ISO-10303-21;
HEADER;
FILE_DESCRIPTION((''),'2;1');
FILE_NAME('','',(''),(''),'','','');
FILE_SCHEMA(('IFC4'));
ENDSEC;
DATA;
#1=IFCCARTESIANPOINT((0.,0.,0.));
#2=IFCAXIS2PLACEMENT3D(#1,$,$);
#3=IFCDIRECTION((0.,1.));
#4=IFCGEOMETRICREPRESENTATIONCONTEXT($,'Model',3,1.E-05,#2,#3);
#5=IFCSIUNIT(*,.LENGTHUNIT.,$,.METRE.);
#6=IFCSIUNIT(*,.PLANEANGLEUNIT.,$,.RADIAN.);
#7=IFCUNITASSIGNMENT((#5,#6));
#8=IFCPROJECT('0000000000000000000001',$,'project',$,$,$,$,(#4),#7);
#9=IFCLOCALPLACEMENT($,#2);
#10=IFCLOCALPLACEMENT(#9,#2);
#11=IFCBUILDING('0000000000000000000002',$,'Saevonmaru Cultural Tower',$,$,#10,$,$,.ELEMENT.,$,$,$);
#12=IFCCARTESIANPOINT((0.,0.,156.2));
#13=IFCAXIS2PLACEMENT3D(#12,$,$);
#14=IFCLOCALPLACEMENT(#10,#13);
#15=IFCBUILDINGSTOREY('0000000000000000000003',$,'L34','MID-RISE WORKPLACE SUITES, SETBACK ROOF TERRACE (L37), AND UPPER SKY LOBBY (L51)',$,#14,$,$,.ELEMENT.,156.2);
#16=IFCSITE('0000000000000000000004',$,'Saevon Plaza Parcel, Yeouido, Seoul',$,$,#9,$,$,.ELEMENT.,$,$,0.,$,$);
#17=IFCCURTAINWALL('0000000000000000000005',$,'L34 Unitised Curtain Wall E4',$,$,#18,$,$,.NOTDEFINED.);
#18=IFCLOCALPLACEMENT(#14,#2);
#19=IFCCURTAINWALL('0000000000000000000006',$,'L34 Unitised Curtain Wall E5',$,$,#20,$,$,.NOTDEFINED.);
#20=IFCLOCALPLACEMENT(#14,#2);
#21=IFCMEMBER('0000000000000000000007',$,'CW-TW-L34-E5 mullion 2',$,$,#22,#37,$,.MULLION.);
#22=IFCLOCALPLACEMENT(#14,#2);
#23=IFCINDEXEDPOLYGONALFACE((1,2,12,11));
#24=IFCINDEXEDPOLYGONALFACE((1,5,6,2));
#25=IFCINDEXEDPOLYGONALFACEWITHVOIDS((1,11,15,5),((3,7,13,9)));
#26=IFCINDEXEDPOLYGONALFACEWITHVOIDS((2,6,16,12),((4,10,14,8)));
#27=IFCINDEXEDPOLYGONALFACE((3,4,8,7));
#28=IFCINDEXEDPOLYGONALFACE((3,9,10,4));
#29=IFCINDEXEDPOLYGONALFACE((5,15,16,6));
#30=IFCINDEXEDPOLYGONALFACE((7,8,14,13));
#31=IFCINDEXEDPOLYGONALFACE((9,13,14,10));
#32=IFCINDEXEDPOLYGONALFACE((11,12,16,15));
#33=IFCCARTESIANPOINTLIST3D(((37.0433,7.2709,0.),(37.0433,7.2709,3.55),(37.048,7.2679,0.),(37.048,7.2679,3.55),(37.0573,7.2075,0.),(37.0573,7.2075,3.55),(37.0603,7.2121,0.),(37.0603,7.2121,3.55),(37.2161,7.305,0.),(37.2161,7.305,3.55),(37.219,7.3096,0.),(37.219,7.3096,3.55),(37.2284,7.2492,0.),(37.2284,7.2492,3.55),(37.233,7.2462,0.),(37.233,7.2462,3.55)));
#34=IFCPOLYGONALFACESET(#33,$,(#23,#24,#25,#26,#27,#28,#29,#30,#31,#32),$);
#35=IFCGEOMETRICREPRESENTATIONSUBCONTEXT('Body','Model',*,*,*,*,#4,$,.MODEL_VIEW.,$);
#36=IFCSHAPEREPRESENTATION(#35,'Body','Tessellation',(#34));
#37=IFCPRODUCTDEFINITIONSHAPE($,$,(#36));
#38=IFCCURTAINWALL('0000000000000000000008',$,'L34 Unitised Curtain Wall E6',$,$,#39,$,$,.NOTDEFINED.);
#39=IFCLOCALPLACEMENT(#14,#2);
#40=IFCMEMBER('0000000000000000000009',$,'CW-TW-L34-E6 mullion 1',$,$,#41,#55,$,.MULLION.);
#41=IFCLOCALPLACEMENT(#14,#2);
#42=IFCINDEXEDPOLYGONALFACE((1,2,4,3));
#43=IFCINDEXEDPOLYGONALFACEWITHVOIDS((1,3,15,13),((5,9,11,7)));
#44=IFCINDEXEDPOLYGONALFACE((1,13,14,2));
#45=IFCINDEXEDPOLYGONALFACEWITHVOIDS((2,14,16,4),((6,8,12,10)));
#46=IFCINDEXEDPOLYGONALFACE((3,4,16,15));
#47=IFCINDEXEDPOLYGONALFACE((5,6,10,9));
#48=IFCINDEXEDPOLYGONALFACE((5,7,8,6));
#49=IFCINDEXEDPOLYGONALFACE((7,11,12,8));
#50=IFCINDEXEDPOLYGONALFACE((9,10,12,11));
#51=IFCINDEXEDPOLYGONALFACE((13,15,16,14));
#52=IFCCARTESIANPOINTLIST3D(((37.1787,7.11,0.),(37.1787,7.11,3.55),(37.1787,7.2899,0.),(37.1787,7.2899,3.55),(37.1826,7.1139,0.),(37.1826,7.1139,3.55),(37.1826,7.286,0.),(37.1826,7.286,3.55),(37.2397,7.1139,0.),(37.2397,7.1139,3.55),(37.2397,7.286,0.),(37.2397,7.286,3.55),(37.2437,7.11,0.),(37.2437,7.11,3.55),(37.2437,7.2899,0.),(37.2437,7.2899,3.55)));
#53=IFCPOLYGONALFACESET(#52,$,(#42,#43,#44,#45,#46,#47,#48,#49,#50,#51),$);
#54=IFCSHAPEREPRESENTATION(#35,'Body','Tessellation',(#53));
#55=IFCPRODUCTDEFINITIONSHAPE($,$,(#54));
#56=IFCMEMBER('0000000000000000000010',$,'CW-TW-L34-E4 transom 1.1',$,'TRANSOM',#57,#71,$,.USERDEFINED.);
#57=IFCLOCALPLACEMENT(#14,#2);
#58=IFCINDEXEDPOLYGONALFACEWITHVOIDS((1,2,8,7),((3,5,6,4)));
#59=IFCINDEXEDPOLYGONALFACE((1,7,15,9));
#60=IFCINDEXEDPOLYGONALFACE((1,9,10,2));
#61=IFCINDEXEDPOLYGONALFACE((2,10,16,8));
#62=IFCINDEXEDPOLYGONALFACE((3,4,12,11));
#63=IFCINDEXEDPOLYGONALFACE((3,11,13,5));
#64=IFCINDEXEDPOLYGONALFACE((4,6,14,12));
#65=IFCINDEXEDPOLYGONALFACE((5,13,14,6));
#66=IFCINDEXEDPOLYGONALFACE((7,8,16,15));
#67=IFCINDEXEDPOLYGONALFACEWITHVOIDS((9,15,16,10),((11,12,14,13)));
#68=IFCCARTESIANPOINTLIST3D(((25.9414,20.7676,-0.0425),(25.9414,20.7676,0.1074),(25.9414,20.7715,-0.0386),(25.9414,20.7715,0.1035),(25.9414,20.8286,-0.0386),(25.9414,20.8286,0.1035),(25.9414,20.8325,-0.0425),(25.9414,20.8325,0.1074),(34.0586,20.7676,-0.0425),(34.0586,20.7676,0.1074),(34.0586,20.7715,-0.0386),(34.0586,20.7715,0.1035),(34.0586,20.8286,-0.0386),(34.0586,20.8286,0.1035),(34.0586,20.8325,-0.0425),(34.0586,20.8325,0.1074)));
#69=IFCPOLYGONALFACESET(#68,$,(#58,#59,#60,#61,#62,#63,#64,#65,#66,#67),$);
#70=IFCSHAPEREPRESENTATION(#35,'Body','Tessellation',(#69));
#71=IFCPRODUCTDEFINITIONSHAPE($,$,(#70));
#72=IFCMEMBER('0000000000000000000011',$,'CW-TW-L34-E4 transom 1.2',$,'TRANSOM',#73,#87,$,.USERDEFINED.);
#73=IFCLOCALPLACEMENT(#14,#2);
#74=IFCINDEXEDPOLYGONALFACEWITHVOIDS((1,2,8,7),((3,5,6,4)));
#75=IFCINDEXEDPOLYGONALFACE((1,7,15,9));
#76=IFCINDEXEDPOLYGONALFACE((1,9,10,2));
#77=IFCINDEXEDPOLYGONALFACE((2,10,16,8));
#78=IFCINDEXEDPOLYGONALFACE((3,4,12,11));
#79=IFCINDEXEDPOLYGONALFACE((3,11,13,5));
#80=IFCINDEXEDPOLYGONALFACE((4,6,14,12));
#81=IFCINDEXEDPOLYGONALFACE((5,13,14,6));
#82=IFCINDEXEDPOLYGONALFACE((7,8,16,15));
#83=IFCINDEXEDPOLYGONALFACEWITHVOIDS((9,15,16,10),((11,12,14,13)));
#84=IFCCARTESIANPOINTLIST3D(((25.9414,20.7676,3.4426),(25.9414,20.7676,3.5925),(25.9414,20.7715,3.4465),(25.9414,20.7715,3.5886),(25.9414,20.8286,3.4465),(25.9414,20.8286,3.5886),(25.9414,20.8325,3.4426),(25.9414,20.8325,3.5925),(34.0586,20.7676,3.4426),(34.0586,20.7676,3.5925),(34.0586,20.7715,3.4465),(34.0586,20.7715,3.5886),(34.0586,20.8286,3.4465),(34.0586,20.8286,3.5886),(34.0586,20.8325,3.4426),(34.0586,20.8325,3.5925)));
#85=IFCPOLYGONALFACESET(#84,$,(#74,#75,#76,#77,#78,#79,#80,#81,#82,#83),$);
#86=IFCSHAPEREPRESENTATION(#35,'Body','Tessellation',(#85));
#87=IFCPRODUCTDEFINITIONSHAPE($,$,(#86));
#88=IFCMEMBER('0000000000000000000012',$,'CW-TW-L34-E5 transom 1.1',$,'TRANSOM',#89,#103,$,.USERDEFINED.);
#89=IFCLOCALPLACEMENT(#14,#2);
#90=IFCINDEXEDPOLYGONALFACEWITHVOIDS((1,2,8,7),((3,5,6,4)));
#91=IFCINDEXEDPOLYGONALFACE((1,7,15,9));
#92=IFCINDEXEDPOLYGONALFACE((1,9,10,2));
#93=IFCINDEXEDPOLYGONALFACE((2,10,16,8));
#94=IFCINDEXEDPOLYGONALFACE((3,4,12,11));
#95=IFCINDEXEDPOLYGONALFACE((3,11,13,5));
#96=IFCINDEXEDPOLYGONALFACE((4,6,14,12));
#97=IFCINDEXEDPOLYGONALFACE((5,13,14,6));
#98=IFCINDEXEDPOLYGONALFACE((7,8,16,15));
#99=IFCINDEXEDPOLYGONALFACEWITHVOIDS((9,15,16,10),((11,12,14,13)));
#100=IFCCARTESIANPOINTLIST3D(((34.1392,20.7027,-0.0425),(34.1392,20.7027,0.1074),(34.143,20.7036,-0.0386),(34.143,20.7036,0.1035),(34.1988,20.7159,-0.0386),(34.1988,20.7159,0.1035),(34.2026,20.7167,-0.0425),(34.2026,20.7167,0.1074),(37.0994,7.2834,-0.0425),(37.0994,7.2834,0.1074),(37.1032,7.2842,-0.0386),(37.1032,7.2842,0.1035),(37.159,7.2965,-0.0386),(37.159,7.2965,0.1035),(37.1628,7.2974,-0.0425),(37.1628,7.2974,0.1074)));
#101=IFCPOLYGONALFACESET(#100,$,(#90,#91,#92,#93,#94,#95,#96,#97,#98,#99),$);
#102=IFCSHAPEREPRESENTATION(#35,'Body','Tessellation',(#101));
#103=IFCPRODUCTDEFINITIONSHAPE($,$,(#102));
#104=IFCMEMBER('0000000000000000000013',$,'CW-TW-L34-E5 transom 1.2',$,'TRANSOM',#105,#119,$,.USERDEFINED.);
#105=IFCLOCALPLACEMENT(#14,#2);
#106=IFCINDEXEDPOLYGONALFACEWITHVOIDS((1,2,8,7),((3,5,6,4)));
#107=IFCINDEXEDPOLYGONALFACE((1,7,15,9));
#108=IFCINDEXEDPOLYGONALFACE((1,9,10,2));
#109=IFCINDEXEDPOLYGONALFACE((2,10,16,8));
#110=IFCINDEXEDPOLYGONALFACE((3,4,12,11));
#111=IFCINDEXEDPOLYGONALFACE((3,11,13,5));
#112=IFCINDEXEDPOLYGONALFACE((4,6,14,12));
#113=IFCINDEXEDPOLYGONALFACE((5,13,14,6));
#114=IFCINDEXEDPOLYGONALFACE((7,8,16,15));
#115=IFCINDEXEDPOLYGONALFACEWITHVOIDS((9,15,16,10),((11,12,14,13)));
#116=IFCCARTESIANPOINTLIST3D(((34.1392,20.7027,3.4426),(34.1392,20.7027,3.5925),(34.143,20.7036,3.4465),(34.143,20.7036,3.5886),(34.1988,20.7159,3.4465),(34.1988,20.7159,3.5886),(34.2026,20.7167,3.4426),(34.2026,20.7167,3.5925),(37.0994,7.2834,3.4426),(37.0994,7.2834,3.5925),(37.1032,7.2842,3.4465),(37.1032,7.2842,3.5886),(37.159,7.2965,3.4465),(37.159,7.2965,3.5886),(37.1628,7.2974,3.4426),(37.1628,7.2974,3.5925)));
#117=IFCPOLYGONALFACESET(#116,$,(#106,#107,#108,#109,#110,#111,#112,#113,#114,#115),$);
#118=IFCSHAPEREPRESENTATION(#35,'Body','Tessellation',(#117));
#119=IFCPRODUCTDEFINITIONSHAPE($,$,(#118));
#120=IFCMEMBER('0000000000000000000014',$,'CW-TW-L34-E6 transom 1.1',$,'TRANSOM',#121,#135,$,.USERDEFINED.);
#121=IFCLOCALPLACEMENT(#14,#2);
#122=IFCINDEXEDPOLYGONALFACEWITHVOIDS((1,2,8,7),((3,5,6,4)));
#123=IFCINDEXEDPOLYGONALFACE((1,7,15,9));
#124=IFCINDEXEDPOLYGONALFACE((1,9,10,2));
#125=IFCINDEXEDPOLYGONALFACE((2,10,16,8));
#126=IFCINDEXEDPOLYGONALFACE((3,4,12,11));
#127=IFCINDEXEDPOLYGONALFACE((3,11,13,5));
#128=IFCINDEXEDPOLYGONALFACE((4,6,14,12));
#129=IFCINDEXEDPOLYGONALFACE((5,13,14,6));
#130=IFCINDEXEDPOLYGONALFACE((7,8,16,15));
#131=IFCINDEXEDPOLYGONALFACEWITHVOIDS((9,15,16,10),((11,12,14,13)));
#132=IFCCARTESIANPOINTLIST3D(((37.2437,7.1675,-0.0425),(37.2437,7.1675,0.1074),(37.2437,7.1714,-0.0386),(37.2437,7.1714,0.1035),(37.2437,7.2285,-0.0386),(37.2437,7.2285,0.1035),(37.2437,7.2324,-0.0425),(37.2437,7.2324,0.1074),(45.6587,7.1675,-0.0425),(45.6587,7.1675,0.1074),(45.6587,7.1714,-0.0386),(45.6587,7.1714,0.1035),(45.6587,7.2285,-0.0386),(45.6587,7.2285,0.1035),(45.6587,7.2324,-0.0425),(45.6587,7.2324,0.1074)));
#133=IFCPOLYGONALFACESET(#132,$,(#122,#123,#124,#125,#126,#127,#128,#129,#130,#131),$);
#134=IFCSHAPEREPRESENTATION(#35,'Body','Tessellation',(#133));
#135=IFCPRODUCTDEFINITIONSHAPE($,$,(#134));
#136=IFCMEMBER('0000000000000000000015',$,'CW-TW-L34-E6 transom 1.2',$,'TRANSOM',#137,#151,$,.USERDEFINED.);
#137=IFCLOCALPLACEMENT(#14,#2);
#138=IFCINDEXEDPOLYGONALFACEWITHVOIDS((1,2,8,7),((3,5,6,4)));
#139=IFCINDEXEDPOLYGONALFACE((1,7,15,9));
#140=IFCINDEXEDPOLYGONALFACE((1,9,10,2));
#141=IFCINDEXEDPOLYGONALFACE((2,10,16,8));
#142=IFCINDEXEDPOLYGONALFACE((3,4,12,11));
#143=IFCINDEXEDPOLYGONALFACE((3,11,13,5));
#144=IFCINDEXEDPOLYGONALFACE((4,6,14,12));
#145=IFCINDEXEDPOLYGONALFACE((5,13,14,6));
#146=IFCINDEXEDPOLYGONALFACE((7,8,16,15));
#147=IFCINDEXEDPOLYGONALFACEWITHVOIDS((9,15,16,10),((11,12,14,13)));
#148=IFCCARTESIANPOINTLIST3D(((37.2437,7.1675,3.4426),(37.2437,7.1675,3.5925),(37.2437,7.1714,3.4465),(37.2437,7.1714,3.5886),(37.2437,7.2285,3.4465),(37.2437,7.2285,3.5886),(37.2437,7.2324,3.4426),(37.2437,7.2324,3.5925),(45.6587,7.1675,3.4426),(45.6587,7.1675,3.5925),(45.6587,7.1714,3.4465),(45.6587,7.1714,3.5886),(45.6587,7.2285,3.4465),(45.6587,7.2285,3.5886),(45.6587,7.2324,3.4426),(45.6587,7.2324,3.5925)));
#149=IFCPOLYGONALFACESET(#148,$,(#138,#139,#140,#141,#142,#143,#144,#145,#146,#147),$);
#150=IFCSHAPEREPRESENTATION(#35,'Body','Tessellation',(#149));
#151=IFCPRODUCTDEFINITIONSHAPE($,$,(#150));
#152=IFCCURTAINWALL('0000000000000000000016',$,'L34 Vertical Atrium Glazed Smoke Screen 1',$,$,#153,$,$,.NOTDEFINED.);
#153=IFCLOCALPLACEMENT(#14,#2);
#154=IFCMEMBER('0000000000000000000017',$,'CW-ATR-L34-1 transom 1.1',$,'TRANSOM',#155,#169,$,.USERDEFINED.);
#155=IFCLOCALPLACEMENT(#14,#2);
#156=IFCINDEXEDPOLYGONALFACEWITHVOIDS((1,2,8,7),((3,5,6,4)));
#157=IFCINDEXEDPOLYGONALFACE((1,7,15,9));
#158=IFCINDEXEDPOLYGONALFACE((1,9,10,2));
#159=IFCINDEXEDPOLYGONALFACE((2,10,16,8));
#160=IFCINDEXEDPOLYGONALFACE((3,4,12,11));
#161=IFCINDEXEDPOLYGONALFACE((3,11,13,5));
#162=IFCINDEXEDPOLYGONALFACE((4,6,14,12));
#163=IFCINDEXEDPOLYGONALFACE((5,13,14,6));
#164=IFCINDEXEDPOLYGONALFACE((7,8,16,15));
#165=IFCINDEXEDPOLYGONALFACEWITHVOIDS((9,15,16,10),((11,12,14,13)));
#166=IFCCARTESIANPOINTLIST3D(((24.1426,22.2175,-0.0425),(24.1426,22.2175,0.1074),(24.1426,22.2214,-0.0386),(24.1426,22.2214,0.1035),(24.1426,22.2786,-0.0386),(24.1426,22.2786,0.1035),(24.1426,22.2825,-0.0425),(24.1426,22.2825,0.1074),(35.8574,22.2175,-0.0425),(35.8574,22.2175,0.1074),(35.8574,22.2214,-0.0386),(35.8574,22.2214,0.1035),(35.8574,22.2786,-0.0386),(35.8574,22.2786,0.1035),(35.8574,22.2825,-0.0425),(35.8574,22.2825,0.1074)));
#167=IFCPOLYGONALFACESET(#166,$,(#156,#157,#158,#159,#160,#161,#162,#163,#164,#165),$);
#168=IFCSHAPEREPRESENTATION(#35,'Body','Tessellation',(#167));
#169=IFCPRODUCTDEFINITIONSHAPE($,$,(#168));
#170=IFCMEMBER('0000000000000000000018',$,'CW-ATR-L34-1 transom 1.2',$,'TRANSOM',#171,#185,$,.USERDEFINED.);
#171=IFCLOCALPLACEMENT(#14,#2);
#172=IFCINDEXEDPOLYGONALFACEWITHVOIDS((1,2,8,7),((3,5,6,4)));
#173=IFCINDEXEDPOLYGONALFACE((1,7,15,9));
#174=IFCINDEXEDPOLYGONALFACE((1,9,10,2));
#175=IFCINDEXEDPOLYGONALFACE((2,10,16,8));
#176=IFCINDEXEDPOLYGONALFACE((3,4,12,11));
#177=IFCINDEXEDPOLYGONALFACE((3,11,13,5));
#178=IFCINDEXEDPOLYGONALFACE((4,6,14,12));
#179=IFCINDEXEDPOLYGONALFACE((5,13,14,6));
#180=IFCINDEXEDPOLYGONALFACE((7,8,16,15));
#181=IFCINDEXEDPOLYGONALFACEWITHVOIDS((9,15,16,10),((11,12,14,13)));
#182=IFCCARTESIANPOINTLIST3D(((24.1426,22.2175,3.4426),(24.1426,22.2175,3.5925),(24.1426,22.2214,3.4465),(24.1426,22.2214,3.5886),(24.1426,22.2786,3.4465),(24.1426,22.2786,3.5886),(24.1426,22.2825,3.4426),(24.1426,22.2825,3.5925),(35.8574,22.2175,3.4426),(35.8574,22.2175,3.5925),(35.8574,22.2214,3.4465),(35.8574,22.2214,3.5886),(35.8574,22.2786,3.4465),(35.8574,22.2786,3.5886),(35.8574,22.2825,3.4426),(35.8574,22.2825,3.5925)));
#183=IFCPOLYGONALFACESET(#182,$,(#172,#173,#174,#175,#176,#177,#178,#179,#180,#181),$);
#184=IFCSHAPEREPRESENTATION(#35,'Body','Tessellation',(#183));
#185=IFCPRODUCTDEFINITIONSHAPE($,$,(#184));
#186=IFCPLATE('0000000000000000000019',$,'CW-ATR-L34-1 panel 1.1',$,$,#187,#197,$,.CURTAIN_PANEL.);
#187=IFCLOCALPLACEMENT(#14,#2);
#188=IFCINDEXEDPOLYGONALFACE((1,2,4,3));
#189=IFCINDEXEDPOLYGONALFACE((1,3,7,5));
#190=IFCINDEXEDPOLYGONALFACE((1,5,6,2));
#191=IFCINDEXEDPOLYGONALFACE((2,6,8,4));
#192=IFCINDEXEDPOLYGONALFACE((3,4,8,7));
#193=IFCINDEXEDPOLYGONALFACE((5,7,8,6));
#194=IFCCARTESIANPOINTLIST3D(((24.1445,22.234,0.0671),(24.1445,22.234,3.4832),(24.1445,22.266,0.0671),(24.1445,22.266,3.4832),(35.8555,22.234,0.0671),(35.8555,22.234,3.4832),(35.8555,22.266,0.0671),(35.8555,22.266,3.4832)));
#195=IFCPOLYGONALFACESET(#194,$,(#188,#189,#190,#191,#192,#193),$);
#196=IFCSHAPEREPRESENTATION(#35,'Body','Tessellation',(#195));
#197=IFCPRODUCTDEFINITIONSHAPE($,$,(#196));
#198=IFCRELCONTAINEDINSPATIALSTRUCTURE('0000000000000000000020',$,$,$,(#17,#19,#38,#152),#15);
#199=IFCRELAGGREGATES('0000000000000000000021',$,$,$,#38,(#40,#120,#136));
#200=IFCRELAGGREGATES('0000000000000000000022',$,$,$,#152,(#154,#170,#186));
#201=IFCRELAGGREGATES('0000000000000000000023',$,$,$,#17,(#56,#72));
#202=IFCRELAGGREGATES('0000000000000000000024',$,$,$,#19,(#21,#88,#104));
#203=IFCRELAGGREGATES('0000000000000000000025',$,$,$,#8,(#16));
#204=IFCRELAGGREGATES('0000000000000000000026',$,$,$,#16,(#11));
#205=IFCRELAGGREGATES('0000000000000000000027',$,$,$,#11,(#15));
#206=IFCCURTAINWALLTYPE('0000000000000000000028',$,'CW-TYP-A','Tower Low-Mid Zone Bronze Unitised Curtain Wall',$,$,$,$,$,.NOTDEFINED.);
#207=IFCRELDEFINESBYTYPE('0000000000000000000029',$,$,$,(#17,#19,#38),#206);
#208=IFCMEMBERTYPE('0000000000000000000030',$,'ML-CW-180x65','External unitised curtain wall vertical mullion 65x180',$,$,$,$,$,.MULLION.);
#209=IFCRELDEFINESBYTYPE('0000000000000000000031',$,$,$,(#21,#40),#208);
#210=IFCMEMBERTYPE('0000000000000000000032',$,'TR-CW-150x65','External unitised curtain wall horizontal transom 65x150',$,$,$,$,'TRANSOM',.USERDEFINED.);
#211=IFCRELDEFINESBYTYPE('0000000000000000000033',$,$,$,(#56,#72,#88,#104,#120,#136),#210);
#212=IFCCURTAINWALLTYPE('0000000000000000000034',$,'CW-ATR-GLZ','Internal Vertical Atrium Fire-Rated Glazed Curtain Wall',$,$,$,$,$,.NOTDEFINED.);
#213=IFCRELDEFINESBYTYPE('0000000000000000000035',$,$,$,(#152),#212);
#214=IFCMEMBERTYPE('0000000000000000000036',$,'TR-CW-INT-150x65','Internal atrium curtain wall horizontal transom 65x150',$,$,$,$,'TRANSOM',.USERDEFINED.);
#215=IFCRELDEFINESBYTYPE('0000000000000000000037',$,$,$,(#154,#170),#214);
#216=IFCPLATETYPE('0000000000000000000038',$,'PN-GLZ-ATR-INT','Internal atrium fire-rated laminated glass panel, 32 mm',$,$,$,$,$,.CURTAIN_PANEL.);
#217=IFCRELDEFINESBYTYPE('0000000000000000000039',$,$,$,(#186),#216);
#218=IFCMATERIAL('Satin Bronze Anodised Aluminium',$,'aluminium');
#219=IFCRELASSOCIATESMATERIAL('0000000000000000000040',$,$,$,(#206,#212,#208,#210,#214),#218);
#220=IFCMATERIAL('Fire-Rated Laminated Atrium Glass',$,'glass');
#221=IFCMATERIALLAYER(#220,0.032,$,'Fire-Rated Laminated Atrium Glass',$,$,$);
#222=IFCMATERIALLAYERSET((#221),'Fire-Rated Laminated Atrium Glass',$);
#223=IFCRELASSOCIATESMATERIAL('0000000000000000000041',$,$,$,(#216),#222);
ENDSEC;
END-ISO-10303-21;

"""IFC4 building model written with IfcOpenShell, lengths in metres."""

from ifc_helpers import new_model, si_unit, direction, frame, origin, origin_2d, place, context, subcontext, project, spatial, rectangle, hollow_rectangle, extrude, material, layer, layer_set, material_profile, profile_set, type_object, element, aggregate, save


model = new_model("IFC4")

# Units and contexts
model_context = context("Model", 3, precision=1e-05, world=origin(), true_north=direction((0.0, 1.0)))
body_context = subcontext(model_context, "Body", "Model", "MODEL_VIEW")
ifc_project = project(units=[si_unit("LENGTHUNIT", "METRE"), si_unit("PLANEANGLEUNIT", "RADIAN")], contexts=[model_context])

# Site, building, storey
site_placement = place(None, origin())
site = spatial("IfcSite", under=ifc_project, at=site_placement, Name="Saevon Plaza Parcel, Yeouido, Seoul", CompositionType="ELEMENT", RefElevation=0.0)
building_placement = place(site_placement, origin())
building = spatial("IfcBuilding", under=site, at=building_placement, Name="Saevonmaru Cultural Tower", CompositionType="ELEMENT")
storey_placement = place(building_placement, frame((0.0, 0.0, 156.2)))
storey = spatial("IfcBuildingStorey", under=building, at=storey_placement, Name="L34", Description="MID-RISE WORKPLACE SUITES, SETBACK ROOF TERRACE (L37), AND UPPER SKY LOBBY (L51)", CompositionType="ELEMENT", Elevation=156.2)

# Shared definitions
ifc_material_1 = material(Name="Satin Bronze Anodised Aluminium", Category="aluminium")
curtain_wall_type_1 = type_object("IfcCurtainWallType", Name="CW-TYP-A", Description="Tower Low-Mid Zone Bronze Unitised Curtain Wall", PredefinedType="NOTDEFINED", material=ifc_material_1)
ifc_material_profile_1 = material_profile(ifc_material_1, hollow_rectangle(XDim=0.0649, YDim=0.1799, WallThickness=0.0039, at=origin_2d()), Name="ALU-MULL-180x65x4")
ifc_profile_set_1 = profile_set([ifc_material_profile_1], Name="Satin Bronze Anodised Aluminium")
member_type_1 = type_object("IfcMemberType", Name="ML-CW-180x65", Description="External unitised curtain wall vertical mullion 65x180", PredefinedType="MULLION", material=ifc_profile_set_1)

# Curtain walls, member
curtain_wall_1_placement = place(storey_placement, origin())
curtain_wall_1 = element("IfcCurtainWall", 1, at=curtain_wall_1_placement, inside=storey, type_object=curtain_wall_type_1, Name="L34 Unitised Curtain Wall E4", PredefinedType="NOTDEFINED")
curtain_wall_2_placement = place(storey_placement, origin())
curtain_wall_2 = element("IfcCurtainWall", 2, at=curtain_wall_2_placement, inside=storey, type_object=curtain_wall_type_1, Name="L34 Unitised Curtain Wall E5", PredefinedType="NOTDEFINED")
member_1_placement = place(storey_placement, frame((37.1382, 7.2585, 0.0), z_axis=(0.0, 0.0, 1.0), x_axis=(0.215413, -0.976523, 0.0)))
member_1 = element("IfcMember", 3, at=member_1_placement, type_object=member_type_1, Name="CW-TW-L34-E5 mullion 2", PredefinedType="MULLION", context=body_context, shape_type="SweptSolid", body=[
    extrude(hollow_rectangle(XDim=0.0649, YDim=0.1799, WallThickness=0.0039, at=origin_2d()), origin(), (0.0, 0.0, 1.0), 3.55),
])

# Curtain wall, member
curtain_wall_3_placement = place(storey_placement, origin())
curtain_wall_3 = element("IfcCurtainWall", 4, at=curtain_wall_3_placement, inside=storey, type_object=curtain_wall_type_1, Name="L34 Unitised Curtain Wall E6", PredefinedType="NOTDEFINED")
member_2_placement = place(storey_placement, frame((37.2112, 7.2, 0.0), z_axis=(0.0, 0.0, 1.0), x_axis=(1.0, 0.0, 0.0)))
member_2 = element("IfcMember", 5, at=member_2_placement, type_object=member_type_1, Name="CW-TW-L34-E6 mullion 1", PredefinedType="MULLION", context=body_context, shape_type="SweptSolid", body=[
    extrude(hollow_rectangle(XDim=0.0649, YDim=0.1799, WallThickness=0.0039, at=origin_2d()), origin(), (0.0, 0.0, 1.0), 3.55),
])

# Members
ifc_material_profile_2 = material_profile(ifc_material_1, hollow_rectangle(XDim=0.0649, YDim=0.1499, WallThickness=0.0039, at=origin_2d()), Name="ALU-TRAN-150x65x4")
ifc_profile_set_2 = profile_set([ifc_material_profile_2], Name="Satin Bronze Anodised Aluminium")
member_type_2 = type_object("IfcMemberType", Name="TR-CW-150x65", Description="External unitised curtain wall horizontal transom 65x150", ElementType="TRANSOM", PredefinedType="USERDEFINED", material=ifc_profile_set_2)
member_3_placement = place(storey_placement, frame((25.9414, 20.8, 0.0325), z_axis=(1.0, 0.0, 0.0), x_axis=(0.0, 1.0, 0.0)))
member_3 = element("IfcMember", 6, at=member_3_placement, type_object=member_type_2, Name="CW-TW-L34-E4 transom 1.1", ObjectType="TRANSOM", PredefinedType="USERDEFINED", context=body_context, shape_type="SweptSolid", body=[
    extrude(hollow_rectangle(XDim=0.0649, YDim=0.1499, WallThickness=0.0039, at=origin_2d()), origin(), (0.0, 0.0, 1.0), 8.1172),
])
member_4_placement = place(storey_placement, frame((25.9414, 20.8, 3.5176), z_axis=(1.0, 0.0, 0.0), x_axis=(0.0, 1.0, 0.0)))
member_4 = element("IfcMember", 7, at=member_4_placement, type_object=member_type_2, Name="CW-TW-L34-E4 transom 1.2", ObjectType="TRANSOM", PredefinedType="USERDEFINED", context=body_context, shape_type="SweptSolid", body=[
    extrude(hollow_rectangle(XDim=0.0649, YDim=0.1499, WallThickness=0.0039, at=origin_2d()), origin(), (0.0, 0.0, 1.0), 8.1172),
])
member_5_placement = place(storey_placement, frame((34.1709, 20.7097, 0.0325), z_axis=(0.215412, -0.976523, 0.0), x_axis=(0.976523, 0.215412, 0.0)))
member_5 = element("IfcMember", 8, at=member_5_placement, type_object=member_type_2, Name="CW-TW-L34-E5 transom 1.1", ObjectType="TRANSOM", PredefinedType="USERDEFINED", context=body_context, shape_type="SweptSolid", body=[
    extrude(hollow_rectangle(XDim=0.0649, YDim=0.1499, WallThickness=0.0039, at=origin_2d()), origin(), (0.0, 0.0, 1.0), 13.7419),
])
member_6_placement = place(storey_placement, frame((34.1709, 20.7097, 3.5176), z_axis=(0.215412, -0.976523, 0.0), x_axis=(0.976523, 0.215412, 0.0)))
member_6 = element("IfcMember", 9, at=member_6_placement, type_object=member_type_2, Name="CW-TW-L34-E5 transom 1.2", ObjectType="TRANSOM", PredefinedType="USERDEFINED", context=body_context, shape_type="SweptSolid", body=[
    extrude(hollow_rectangle(XDim=0.0649, YDim=0.1499, WallThickness=0.0039, at=origin_2d()), origin(), (0.0, 0.0, 1.0), 13.7419),
])
member_7_placement = place(storey_placement, frame((37.2437, 7.2, 0.0325), z_axis=(1.0, 0.0, 0.0), x_axis=(0.0, 1.0, 0.0)))
member_7 = element("IfcMember", 10, at=member_7_placement, type_object=member_type_2, Name="CW-TW-L34-E6 transom 1.1", ObjectType="TRANSOM", PredefinedType="USERDEFINED", context=body_context, shape_type="SweptSolid", body=[
    extrude(hollow_rectangle(XDim=0.0649, YDim=0.1499, WallThickness=0.0039, at=origin_2d()), origin(), (0.0, 0.0, 1.0), 8.415),
])
member_8_placement = place(storey_placement, frame((37.2437, 7.2, 3.5176), z_axis=(1.0, 0.0, 0.0), x_axis=(0.0, 1.0, 0.0)))
member_8 = element("IfcMember", 11, at=member_8_placement, type_object=member_type_2, Name="CW-TW-L34-E6 transom 1.2", ObjectType="TRANSOM", PredefinedType="USERDEFINED", context=body_context, shape_type="SweptSolid", body=[
    extrude(hollow_rectangle(XDim=0.0649, YDim=0.1499, WallThickness=0.0039, at=origin_2d()), origin(), (0.0, 0.0, 1.0), 8.415),
])
aggregate(curtain_wall_3, [member_2, member_7, member_8])

# Curtain wall, members, plate
curtain_wall_type_2 = type_object("IfcCurtainWallType", Name="CW-ATR-GLZ", Description="Internal Vertical Atrium Fire-Rated Glazed Curtain Wall", PredefinedType="NOTDEFINED", material=ifc_material_1)
curtain_wall_4_placement = place(storey_placement, origin())
curtain_wall_4 = element("IfcCurtainWall", 12, at=curtain_wall_4_placement, inside=storey, type_object=curtain_wall_type_2, Name="L34 Vertical Atrium Glazed Smoke Screen 1", PredefinedType="NOTDEFINED")
ifc_material_profile_3 = material_profile(ifc_material_1, hollow_rectangle(XDim=0.0649, YDim=0.1499, WallThickness=0.0039, at=origin_2d()), Name="ALU-TRAN-150x65x4")
ifc_profile_set_3 = profile_set([ifc_material_profile_3], Name="Satin Bronze Anodised Aluminium")
member_type_3 = type_object("IfcMemberType", Name="TR-CW-INT-150x65", Description="Internal atrium curtain wall horizontal transom 65x150", ElementType="TRANSOM", PredefinedType="USERDEFINED", material=ifc_profile_set_3)
member_9_placement = place(storey_placement, frame((24.1426, 22.25, 0.0325), z_axis=(1.0, 0.0, 0.0), x_axis=(0.0, 1.0, 0.0)))
member_9 = element("IfcMember", 13, at=member_9_placement, type_object=member_type_3, Name="CW-ATR-L34-1 transom 1.1", ObjectType="TRANSOM", PredefinedType="USERDEFINED", context=body_context, shape_type="SweptSolid", body=[
    extrude(hollow_rectangle(XDim=0.0649, YDim=0.1499, WallThickness=0.0039, at=origin_2d()), origin(), (0.0, 0.0, 1.0), 11.7148),
])
member_10_placement = place(storey_placement, frame((24.1426, 22.25, 3.5176), z_axis=(1.0, 0.0, 0.0), x_axis=(0.0, 1.0, 0.0)))
member_10 = element("IfcMember", 14, at=member_10_placement, type_object=member_type_3, Name="CW-ATR-L34-1 transom 1.2", ObjectType="TRANSOM", PredefinedType="USERDEFINED", context=body_context, shape_type="SweptSolid", body=[
    extrude(hollow_rectangle(XDim=0.0649, YDim=0.1499, WallThickness=0.0039, at=origin_2d()), origin(), (0.0, 0.0, 1.0), 11.7148),
])
ifc_material_2 = material(Name="Fire-Rated Laminated Atrium Glass", Category="glass")
ifc_layer_1 = layer(ifc_material_2, 0.032, Name="Fire-Rated Laminated Atrium Glass")
ifc_layer_set_1 = layer_set([ifc_layer_1], Name="Fire-Rated Laminated Atrium Glass")
plate_type_1 = type_object("IfcPlateType", Name="PN-GLZ-ATR-INT", Description="Internal atrium fire-rated laminated glass panel, 32 mm", PredefinedType="CURTAIN_PANEL", material=ifc_layer_set_1)
plate_1_placement = place(storey_placement, frame((30.0, 22.25, 0.0671), z_axis=(0.0, 0.0, 1.0), x_axis=(1.0, 0.0, 0.0)))
plate_1 = element("IfcPlate", 15, at=plate_1_placement, type_object=plate_type_1, Name="CW-ATR-L34-1 panel 1.1", PredefinedType="CURTAIN_PANEL", context=body_context, shape_type="SweptSolid", body=[
    extrude(rectangle(XDim=11.7109, YDim=0.032, at=origin_2d()), origin(), (0.0, 0.0, 1.0), 3.416),
])
aggregate(curtain_wall_4, [member_9, member_10, plate_1])

aggregate(curtain_wall_1, [member_3, member_4])
aggregate(curtain_wall_2, [member_1, member_5, member_6])

save(model, "model.ifc")
